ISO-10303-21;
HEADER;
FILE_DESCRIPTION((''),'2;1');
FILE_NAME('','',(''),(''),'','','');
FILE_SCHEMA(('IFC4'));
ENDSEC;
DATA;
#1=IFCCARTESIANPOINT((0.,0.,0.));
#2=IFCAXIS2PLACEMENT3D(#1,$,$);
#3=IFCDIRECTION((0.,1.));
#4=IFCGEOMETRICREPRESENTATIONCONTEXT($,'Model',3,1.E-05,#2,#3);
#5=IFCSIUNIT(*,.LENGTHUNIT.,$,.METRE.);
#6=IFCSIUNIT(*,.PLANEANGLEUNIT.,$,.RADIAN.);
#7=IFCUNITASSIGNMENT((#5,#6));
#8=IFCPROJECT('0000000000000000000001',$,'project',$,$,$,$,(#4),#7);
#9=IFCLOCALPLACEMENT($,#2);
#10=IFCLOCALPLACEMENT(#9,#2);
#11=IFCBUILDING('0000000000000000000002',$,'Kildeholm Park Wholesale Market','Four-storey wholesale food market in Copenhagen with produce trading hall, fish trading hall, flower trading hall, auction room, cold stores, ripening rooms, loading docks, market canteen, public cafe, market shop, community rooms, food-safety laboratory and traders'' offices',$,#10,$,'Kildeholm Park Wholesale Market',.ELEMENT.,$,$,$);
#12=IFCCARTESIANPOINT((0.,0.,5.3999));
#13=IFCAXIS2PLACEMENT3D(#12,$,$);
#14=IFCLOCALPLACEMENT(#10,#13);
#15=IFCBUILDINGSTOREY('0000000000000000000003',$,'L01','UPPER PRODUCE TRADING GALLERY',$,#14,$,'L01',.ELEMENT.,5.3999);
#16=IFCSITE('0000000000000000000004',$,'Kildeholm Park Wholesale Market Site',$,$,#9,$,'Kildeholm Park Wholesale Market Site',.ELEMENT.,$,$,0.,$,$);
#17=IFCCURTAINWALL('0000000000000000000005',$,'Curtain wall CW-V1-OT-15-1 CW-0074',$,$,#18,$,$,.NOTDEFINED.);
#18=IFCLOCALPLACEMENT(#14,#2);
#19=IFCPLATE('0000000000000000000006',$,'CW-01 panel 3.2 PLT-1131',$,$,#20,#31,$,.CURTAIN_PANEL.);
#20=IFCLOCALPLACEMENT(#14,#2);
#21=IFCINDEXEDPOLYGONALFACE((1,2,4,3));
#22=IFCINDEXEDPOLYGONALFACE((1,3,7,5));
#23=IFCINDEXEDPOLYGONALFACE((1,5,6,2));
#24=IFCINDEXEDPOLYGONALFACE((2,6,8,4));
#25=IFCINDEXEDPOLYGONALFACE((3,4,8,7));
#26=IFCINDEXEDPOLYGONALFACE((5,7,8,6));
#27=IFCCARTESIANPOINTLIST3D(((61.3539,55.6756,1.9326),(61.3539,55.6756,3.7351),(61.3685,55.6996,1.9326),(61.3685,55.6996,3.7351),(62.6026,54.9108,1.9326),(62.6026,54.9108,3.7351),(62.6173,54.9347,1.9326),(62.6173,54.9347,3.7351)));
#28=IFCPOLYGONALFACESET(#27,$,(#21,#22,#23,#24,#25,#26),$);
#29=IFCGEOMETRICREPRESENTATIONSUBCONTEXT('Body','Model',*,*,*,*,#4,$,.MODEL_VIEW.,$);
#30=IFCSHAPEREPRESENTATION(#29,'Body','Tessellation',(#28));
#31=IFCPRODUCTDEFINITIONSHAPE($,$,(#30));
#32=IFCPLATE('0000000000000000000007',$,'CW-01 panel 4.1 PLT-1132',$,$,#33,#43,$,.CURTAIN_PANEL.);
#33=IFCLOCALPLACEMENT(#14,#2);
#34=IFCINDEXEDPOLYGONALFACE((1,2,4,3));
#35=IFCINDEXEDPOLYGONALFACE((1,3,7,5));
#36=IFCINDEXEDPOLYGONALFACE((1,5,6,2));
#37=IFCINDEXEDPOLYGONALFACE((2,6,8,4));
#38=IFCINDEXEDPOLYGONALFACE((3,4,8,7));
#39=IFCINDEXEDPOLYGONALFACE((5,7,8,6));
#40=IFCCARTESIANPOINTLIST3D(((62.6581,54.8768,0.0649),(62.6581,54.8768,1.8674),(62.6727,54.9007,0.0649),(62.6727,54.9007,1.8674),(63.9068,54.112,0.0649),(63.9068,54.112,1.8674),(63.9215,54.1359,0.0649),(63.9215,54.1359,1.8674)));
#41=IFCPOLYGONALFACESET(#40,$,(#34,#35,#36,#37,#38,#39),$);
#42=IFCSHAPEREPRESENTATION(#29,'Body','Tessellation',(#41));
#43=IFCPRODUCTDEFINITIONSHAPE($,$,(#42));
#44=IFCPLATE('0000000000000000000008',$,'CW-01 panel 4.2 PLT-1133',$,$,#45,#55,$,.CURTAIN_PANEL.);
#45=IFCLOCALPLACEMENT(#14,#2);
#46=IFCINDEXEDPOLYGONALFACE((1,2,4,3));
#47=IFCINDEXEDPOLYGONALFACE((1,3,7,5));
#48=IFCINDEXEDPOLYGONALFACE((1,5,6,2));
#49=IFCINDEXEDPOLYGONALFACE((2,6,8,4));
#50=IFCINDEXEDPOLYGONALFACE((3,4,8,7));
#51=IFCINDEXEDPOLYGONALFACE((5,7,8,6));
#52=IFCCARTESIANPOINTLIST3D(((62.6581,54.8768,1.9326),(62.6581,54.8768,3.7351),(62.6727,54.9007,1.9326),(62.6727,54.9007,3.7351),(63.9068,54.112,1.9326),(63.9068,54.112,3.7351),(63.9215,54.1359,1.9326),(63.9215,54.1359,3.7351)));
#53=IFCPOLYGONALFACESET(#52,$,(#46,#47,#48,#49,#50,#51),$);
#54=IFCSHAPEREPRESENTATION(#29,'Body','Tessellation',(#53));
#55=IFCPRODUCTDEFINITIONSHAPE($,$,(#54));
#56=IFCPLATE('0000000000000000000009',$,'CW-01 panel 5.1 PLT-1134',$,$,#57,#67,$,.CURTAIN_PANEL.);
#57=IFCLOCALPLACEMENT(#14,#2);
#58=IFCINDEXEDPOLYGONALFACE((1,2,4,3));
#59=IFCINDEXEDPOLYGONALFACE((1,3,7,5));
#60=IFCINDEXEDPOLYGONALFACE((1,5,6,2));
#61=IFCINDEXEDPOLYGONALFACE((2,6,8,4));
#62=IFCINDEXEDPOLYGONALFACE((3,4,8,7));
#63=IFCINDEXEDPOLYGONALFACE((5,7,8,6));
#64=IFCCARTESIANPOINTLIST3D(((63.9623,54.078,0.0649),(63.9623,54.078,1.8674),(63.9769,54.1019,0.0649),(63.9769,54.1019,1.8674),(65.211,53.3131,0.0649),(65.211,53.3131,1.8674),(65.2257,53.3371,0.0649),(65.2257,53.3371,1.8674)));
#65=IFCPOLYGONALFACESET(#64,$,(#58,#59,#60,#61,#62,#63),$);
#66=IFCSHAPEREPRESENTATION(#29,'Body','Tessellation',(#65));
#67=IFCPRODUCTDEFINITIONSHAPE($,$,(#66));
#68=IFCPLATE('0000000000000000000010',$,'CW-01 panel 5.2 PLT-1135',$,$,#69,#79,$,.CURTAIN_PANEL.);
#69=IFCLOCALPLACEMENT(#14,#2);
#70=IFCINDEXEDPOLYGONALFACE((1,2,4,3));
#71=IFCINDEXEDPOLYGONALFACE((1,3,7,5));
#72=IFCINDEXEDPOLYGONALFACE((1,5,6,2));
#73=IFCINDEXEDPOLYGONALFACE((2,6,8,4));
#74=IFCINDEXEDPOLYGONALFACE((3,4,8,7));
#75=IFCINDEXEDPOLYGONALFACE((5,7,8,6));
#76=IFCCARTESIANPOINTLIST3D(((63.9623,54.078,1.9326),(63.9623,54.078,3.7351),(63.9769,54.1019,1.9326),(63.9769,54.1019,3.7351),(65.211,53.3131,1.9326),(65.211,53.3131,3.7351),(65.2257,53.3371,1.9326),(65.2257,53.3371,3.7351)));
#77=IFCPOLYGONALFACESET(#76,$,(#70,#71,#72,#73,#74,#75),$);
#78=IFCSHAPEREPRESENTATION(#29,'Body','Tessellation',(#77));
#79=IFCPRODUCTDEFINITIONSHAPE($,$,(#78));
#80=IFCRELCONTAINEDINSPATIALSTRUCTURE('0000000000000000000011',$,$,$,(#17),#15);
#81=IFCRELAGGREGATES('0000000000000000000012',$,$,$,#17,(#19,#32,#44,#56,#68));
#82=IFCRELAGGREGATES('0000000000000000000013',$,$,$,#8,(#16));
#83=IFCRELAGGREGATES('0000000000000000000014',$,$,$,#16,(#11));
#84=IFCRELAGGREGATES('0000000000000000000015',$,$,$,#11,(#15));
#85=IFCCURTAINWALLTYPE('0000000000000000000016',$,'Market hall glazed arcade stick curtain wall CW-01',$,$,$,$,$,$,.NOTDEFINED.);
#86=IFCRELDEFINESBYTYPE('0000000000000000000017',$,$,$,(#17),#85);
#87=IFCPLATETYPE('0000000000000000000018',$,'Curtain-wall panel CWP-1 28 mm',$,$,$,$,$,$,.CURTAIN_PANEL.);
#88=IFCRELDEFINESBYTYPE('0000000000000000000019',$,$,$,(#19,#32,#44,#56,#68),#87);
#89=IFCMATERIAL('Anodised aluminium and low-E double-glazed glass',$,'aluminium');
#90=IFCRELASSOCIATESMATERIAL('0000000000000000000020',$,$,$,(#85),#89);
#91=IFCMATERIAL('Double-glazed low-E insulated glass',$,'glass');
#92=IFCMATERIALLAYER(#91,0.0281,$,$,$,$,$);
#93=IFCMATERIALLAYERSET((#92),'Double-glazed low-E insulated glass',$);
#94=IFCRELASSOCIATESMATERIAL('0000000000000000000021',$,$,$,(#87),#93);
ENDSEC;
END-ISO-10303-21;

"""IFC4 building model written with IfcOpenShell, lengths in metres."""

from ifc_helpers import new_model, si_unit, direction, frame, origin, origin_2d, place, context, subcontext, project, spatial, rectangle, extrude, material, layer, layer_set, type_object, element, aggregate, save


model = new_model("IFC4")

# Units and contexts
model_context = context("Model", 3, precision=1e-05, world=origin(), true_north=direction((0.0, 1.0)))
body_context = subcontext(model_context, "Body", "Model", "MODEL_VIEW")
ifc_project = project(units=[si_unit("LENGTHUNIT", "METRE"), si_unit("PLANEANGLEUNIT", "RADIAN")], contexts=[model_context])

# Site, building, storey
site_placement = place(None, origin())
site = spatial("IfcSite", under=ifc_project, at=site_placement, Name="Kildeholm Park Wholesale Market Site", LongName="Kildeholm Park Wholesale Market Site", CompositionType="ELEMENT", RefElevation=0.0)
building_placement = place(site_placement, origin())
building = spatial("IfcBuilding", under=site, at=building_placement, Name="Kildeholm Park Wholesale Market", Description="Four-storey wholesale food market in Copenhagen with produce trading hall, fish trading hall, flower trading hall, auction room, cold stores, ripening rooms, loading docks, market canteen, public cafe, market shop, community rooms, food-safety laboratory and traders' offices", LongName="Kildeholm Park Wholesale Market", CompositionType="ELEMENT")
storey_placement = place(building_placement, frame((0.0, 0.0, 5.3999)))
storey = spatial("IfcBuildingStorey", under=building, at=storey_placement, Name="L01", Description="UPPER PRODUCE TRADING GALLERY", LongName="L01", CompositionType="ELEMENT", Elevation=5.3999)

# Curtain wall, plates
ifc_material_1 = material(Name="Anodised aluminium and low-E double-glazed glass", Category="aluminium")
curtain_wall_type = type_object("IfcCurtainWallType", Name="Market hall glazed arcade stick curtain wall CW-01", PredefinedType="NOTDEFINED", material=ifc_material_1)
curtain_wall_placement = place(storey_placement, origin())
curtain_wall = element("IfcCurtainWall", 1, at=curtain_wall_placement, inside=storey, type_object=curtain_wall_type, Name="Curtain wall CW-V1-OT-15-1 CW-0074", PredefinedType="NOTDEFINED")
ifc_material_2 = material(Name="Double-glazed low-E insulated glass", Category="glass")
ifc_layer = layer(ifc_material_2, 0.0281)
ifc_layer_set = layer_set([ifc_layer], Name="Double-glazed low-E insulated glass")
plate_type = type_object("IfcPlateType", Name="Curtain-wall panel CWP-1 28 mm", PredefinedType="CURTAIN_PANEL", material=ifc_layer_set)
plate_1_placement = place(storey_placement, frame((61.9856, 55.3052, 1.9326), z_axis=(0.0, 0.0, 1.0), x_axis=(0.852771, -0.522284, 0.0)))
plate_1 = element("IfcPlate", 2, at=plate_1_placement, type_object=plate_type, Name="CW-01 panel 3.2 PLT-1131", PredefinedType="CURTAIN_PANEL", context=body_context, shape_type="SweptSolid", body=[
    extrude(rectangle(XDim=1.4644, YDim=0.0281, at=origin_2d()), origin(), (0.0, 0.0, 1.0), 1.8025),
])
plate_2_placement = place(storey_placement, frame((63.2898, 54.5063, 0.0649), z_axis=(0.0, 0.0, 1.0), x_axis=(0.852771, -0.522284, 0.0)))
plate_2 = element("IfcPlate", 3, at=plate_2_placement, type_object=plate_type, Name="CW-01 panel 4.1 PLT-1132", PredefinedType="CURTAIN_PANEL", context=body_context, shape_type="SweptSolid", body=[
    extrude(rectangle(XDim=1.4644, YDim=0.0281, at=origin_2d()), origin(), (0.0, 0.0, 1.0), 1.8025),
])
plate_3_placement = place(storey_placement, frame((63.2898, 54.5063, 1.9326), z_axis=(0.0, 0.0, 1.0), x_axis=(0.852771, -0.522284, 0.0)))
plate_3 = element("IfcPlate", 4, at=plate_3_placement, type_object=plate_type, Name="CW-01 panel 4.2 PLT-1133", PredefinedType="CURTAIN_PANEL", context=body_context, shape_type="SweptSolid", body=[
    extrude(rectangle(XDim=1.4644, YDim=0.0281, at=origin_2d()), origin(), (0.0, 0.0, 1.0), 1.8025),
])
plate_4_placement = place(storey_placement, frame((64.594, 53.7075, 0.0649), z_axis=(0.0, 0.0, 1.0), x_axis=(0.852771, -0.522284, 0.0)))
plate_4 = element("IfcPlate", 5, at=plate_4_placement, type_object=plate_type, Name="CW-01 panel 5.1 PLT-1134", PredefinedType="CURTAIN_PANEL", context=body_context, shape_type="SweptSolid", body=[
    extrude(rectangle(XDim=1.4644, YDim=0.0281, at=origin_2d()), origin(), (0.0, 0.0, 1.0), 1.8025),
])
plate_5_placement = place(storey_placement, frame((64.594, 53.7075, 1.9326), z_axis=(0.0, 0.0, 1.0), x_axis=(0.852771, -0.522284, 0.0)))
plate_5 = element("IfcPlate", 6, at=plate_5_placement, type_object=plate_type, Name="CW-01 panel 5.2 PLT-1135", PredefinedType="CURTAIN_PANEL", context=body_context, shape_type="SweptSolid", body=[
    extrude(rectangle(XDim=1.4644, YDim=0.0281, at=origin_2d()), origin(), (0.0, 0.0, 1.0), 1.8025),
])
aggregate(curtain_wall, [plate_1, plate_2, plate_3, plate_4, plate_5])

save(model, "model.ifc")
